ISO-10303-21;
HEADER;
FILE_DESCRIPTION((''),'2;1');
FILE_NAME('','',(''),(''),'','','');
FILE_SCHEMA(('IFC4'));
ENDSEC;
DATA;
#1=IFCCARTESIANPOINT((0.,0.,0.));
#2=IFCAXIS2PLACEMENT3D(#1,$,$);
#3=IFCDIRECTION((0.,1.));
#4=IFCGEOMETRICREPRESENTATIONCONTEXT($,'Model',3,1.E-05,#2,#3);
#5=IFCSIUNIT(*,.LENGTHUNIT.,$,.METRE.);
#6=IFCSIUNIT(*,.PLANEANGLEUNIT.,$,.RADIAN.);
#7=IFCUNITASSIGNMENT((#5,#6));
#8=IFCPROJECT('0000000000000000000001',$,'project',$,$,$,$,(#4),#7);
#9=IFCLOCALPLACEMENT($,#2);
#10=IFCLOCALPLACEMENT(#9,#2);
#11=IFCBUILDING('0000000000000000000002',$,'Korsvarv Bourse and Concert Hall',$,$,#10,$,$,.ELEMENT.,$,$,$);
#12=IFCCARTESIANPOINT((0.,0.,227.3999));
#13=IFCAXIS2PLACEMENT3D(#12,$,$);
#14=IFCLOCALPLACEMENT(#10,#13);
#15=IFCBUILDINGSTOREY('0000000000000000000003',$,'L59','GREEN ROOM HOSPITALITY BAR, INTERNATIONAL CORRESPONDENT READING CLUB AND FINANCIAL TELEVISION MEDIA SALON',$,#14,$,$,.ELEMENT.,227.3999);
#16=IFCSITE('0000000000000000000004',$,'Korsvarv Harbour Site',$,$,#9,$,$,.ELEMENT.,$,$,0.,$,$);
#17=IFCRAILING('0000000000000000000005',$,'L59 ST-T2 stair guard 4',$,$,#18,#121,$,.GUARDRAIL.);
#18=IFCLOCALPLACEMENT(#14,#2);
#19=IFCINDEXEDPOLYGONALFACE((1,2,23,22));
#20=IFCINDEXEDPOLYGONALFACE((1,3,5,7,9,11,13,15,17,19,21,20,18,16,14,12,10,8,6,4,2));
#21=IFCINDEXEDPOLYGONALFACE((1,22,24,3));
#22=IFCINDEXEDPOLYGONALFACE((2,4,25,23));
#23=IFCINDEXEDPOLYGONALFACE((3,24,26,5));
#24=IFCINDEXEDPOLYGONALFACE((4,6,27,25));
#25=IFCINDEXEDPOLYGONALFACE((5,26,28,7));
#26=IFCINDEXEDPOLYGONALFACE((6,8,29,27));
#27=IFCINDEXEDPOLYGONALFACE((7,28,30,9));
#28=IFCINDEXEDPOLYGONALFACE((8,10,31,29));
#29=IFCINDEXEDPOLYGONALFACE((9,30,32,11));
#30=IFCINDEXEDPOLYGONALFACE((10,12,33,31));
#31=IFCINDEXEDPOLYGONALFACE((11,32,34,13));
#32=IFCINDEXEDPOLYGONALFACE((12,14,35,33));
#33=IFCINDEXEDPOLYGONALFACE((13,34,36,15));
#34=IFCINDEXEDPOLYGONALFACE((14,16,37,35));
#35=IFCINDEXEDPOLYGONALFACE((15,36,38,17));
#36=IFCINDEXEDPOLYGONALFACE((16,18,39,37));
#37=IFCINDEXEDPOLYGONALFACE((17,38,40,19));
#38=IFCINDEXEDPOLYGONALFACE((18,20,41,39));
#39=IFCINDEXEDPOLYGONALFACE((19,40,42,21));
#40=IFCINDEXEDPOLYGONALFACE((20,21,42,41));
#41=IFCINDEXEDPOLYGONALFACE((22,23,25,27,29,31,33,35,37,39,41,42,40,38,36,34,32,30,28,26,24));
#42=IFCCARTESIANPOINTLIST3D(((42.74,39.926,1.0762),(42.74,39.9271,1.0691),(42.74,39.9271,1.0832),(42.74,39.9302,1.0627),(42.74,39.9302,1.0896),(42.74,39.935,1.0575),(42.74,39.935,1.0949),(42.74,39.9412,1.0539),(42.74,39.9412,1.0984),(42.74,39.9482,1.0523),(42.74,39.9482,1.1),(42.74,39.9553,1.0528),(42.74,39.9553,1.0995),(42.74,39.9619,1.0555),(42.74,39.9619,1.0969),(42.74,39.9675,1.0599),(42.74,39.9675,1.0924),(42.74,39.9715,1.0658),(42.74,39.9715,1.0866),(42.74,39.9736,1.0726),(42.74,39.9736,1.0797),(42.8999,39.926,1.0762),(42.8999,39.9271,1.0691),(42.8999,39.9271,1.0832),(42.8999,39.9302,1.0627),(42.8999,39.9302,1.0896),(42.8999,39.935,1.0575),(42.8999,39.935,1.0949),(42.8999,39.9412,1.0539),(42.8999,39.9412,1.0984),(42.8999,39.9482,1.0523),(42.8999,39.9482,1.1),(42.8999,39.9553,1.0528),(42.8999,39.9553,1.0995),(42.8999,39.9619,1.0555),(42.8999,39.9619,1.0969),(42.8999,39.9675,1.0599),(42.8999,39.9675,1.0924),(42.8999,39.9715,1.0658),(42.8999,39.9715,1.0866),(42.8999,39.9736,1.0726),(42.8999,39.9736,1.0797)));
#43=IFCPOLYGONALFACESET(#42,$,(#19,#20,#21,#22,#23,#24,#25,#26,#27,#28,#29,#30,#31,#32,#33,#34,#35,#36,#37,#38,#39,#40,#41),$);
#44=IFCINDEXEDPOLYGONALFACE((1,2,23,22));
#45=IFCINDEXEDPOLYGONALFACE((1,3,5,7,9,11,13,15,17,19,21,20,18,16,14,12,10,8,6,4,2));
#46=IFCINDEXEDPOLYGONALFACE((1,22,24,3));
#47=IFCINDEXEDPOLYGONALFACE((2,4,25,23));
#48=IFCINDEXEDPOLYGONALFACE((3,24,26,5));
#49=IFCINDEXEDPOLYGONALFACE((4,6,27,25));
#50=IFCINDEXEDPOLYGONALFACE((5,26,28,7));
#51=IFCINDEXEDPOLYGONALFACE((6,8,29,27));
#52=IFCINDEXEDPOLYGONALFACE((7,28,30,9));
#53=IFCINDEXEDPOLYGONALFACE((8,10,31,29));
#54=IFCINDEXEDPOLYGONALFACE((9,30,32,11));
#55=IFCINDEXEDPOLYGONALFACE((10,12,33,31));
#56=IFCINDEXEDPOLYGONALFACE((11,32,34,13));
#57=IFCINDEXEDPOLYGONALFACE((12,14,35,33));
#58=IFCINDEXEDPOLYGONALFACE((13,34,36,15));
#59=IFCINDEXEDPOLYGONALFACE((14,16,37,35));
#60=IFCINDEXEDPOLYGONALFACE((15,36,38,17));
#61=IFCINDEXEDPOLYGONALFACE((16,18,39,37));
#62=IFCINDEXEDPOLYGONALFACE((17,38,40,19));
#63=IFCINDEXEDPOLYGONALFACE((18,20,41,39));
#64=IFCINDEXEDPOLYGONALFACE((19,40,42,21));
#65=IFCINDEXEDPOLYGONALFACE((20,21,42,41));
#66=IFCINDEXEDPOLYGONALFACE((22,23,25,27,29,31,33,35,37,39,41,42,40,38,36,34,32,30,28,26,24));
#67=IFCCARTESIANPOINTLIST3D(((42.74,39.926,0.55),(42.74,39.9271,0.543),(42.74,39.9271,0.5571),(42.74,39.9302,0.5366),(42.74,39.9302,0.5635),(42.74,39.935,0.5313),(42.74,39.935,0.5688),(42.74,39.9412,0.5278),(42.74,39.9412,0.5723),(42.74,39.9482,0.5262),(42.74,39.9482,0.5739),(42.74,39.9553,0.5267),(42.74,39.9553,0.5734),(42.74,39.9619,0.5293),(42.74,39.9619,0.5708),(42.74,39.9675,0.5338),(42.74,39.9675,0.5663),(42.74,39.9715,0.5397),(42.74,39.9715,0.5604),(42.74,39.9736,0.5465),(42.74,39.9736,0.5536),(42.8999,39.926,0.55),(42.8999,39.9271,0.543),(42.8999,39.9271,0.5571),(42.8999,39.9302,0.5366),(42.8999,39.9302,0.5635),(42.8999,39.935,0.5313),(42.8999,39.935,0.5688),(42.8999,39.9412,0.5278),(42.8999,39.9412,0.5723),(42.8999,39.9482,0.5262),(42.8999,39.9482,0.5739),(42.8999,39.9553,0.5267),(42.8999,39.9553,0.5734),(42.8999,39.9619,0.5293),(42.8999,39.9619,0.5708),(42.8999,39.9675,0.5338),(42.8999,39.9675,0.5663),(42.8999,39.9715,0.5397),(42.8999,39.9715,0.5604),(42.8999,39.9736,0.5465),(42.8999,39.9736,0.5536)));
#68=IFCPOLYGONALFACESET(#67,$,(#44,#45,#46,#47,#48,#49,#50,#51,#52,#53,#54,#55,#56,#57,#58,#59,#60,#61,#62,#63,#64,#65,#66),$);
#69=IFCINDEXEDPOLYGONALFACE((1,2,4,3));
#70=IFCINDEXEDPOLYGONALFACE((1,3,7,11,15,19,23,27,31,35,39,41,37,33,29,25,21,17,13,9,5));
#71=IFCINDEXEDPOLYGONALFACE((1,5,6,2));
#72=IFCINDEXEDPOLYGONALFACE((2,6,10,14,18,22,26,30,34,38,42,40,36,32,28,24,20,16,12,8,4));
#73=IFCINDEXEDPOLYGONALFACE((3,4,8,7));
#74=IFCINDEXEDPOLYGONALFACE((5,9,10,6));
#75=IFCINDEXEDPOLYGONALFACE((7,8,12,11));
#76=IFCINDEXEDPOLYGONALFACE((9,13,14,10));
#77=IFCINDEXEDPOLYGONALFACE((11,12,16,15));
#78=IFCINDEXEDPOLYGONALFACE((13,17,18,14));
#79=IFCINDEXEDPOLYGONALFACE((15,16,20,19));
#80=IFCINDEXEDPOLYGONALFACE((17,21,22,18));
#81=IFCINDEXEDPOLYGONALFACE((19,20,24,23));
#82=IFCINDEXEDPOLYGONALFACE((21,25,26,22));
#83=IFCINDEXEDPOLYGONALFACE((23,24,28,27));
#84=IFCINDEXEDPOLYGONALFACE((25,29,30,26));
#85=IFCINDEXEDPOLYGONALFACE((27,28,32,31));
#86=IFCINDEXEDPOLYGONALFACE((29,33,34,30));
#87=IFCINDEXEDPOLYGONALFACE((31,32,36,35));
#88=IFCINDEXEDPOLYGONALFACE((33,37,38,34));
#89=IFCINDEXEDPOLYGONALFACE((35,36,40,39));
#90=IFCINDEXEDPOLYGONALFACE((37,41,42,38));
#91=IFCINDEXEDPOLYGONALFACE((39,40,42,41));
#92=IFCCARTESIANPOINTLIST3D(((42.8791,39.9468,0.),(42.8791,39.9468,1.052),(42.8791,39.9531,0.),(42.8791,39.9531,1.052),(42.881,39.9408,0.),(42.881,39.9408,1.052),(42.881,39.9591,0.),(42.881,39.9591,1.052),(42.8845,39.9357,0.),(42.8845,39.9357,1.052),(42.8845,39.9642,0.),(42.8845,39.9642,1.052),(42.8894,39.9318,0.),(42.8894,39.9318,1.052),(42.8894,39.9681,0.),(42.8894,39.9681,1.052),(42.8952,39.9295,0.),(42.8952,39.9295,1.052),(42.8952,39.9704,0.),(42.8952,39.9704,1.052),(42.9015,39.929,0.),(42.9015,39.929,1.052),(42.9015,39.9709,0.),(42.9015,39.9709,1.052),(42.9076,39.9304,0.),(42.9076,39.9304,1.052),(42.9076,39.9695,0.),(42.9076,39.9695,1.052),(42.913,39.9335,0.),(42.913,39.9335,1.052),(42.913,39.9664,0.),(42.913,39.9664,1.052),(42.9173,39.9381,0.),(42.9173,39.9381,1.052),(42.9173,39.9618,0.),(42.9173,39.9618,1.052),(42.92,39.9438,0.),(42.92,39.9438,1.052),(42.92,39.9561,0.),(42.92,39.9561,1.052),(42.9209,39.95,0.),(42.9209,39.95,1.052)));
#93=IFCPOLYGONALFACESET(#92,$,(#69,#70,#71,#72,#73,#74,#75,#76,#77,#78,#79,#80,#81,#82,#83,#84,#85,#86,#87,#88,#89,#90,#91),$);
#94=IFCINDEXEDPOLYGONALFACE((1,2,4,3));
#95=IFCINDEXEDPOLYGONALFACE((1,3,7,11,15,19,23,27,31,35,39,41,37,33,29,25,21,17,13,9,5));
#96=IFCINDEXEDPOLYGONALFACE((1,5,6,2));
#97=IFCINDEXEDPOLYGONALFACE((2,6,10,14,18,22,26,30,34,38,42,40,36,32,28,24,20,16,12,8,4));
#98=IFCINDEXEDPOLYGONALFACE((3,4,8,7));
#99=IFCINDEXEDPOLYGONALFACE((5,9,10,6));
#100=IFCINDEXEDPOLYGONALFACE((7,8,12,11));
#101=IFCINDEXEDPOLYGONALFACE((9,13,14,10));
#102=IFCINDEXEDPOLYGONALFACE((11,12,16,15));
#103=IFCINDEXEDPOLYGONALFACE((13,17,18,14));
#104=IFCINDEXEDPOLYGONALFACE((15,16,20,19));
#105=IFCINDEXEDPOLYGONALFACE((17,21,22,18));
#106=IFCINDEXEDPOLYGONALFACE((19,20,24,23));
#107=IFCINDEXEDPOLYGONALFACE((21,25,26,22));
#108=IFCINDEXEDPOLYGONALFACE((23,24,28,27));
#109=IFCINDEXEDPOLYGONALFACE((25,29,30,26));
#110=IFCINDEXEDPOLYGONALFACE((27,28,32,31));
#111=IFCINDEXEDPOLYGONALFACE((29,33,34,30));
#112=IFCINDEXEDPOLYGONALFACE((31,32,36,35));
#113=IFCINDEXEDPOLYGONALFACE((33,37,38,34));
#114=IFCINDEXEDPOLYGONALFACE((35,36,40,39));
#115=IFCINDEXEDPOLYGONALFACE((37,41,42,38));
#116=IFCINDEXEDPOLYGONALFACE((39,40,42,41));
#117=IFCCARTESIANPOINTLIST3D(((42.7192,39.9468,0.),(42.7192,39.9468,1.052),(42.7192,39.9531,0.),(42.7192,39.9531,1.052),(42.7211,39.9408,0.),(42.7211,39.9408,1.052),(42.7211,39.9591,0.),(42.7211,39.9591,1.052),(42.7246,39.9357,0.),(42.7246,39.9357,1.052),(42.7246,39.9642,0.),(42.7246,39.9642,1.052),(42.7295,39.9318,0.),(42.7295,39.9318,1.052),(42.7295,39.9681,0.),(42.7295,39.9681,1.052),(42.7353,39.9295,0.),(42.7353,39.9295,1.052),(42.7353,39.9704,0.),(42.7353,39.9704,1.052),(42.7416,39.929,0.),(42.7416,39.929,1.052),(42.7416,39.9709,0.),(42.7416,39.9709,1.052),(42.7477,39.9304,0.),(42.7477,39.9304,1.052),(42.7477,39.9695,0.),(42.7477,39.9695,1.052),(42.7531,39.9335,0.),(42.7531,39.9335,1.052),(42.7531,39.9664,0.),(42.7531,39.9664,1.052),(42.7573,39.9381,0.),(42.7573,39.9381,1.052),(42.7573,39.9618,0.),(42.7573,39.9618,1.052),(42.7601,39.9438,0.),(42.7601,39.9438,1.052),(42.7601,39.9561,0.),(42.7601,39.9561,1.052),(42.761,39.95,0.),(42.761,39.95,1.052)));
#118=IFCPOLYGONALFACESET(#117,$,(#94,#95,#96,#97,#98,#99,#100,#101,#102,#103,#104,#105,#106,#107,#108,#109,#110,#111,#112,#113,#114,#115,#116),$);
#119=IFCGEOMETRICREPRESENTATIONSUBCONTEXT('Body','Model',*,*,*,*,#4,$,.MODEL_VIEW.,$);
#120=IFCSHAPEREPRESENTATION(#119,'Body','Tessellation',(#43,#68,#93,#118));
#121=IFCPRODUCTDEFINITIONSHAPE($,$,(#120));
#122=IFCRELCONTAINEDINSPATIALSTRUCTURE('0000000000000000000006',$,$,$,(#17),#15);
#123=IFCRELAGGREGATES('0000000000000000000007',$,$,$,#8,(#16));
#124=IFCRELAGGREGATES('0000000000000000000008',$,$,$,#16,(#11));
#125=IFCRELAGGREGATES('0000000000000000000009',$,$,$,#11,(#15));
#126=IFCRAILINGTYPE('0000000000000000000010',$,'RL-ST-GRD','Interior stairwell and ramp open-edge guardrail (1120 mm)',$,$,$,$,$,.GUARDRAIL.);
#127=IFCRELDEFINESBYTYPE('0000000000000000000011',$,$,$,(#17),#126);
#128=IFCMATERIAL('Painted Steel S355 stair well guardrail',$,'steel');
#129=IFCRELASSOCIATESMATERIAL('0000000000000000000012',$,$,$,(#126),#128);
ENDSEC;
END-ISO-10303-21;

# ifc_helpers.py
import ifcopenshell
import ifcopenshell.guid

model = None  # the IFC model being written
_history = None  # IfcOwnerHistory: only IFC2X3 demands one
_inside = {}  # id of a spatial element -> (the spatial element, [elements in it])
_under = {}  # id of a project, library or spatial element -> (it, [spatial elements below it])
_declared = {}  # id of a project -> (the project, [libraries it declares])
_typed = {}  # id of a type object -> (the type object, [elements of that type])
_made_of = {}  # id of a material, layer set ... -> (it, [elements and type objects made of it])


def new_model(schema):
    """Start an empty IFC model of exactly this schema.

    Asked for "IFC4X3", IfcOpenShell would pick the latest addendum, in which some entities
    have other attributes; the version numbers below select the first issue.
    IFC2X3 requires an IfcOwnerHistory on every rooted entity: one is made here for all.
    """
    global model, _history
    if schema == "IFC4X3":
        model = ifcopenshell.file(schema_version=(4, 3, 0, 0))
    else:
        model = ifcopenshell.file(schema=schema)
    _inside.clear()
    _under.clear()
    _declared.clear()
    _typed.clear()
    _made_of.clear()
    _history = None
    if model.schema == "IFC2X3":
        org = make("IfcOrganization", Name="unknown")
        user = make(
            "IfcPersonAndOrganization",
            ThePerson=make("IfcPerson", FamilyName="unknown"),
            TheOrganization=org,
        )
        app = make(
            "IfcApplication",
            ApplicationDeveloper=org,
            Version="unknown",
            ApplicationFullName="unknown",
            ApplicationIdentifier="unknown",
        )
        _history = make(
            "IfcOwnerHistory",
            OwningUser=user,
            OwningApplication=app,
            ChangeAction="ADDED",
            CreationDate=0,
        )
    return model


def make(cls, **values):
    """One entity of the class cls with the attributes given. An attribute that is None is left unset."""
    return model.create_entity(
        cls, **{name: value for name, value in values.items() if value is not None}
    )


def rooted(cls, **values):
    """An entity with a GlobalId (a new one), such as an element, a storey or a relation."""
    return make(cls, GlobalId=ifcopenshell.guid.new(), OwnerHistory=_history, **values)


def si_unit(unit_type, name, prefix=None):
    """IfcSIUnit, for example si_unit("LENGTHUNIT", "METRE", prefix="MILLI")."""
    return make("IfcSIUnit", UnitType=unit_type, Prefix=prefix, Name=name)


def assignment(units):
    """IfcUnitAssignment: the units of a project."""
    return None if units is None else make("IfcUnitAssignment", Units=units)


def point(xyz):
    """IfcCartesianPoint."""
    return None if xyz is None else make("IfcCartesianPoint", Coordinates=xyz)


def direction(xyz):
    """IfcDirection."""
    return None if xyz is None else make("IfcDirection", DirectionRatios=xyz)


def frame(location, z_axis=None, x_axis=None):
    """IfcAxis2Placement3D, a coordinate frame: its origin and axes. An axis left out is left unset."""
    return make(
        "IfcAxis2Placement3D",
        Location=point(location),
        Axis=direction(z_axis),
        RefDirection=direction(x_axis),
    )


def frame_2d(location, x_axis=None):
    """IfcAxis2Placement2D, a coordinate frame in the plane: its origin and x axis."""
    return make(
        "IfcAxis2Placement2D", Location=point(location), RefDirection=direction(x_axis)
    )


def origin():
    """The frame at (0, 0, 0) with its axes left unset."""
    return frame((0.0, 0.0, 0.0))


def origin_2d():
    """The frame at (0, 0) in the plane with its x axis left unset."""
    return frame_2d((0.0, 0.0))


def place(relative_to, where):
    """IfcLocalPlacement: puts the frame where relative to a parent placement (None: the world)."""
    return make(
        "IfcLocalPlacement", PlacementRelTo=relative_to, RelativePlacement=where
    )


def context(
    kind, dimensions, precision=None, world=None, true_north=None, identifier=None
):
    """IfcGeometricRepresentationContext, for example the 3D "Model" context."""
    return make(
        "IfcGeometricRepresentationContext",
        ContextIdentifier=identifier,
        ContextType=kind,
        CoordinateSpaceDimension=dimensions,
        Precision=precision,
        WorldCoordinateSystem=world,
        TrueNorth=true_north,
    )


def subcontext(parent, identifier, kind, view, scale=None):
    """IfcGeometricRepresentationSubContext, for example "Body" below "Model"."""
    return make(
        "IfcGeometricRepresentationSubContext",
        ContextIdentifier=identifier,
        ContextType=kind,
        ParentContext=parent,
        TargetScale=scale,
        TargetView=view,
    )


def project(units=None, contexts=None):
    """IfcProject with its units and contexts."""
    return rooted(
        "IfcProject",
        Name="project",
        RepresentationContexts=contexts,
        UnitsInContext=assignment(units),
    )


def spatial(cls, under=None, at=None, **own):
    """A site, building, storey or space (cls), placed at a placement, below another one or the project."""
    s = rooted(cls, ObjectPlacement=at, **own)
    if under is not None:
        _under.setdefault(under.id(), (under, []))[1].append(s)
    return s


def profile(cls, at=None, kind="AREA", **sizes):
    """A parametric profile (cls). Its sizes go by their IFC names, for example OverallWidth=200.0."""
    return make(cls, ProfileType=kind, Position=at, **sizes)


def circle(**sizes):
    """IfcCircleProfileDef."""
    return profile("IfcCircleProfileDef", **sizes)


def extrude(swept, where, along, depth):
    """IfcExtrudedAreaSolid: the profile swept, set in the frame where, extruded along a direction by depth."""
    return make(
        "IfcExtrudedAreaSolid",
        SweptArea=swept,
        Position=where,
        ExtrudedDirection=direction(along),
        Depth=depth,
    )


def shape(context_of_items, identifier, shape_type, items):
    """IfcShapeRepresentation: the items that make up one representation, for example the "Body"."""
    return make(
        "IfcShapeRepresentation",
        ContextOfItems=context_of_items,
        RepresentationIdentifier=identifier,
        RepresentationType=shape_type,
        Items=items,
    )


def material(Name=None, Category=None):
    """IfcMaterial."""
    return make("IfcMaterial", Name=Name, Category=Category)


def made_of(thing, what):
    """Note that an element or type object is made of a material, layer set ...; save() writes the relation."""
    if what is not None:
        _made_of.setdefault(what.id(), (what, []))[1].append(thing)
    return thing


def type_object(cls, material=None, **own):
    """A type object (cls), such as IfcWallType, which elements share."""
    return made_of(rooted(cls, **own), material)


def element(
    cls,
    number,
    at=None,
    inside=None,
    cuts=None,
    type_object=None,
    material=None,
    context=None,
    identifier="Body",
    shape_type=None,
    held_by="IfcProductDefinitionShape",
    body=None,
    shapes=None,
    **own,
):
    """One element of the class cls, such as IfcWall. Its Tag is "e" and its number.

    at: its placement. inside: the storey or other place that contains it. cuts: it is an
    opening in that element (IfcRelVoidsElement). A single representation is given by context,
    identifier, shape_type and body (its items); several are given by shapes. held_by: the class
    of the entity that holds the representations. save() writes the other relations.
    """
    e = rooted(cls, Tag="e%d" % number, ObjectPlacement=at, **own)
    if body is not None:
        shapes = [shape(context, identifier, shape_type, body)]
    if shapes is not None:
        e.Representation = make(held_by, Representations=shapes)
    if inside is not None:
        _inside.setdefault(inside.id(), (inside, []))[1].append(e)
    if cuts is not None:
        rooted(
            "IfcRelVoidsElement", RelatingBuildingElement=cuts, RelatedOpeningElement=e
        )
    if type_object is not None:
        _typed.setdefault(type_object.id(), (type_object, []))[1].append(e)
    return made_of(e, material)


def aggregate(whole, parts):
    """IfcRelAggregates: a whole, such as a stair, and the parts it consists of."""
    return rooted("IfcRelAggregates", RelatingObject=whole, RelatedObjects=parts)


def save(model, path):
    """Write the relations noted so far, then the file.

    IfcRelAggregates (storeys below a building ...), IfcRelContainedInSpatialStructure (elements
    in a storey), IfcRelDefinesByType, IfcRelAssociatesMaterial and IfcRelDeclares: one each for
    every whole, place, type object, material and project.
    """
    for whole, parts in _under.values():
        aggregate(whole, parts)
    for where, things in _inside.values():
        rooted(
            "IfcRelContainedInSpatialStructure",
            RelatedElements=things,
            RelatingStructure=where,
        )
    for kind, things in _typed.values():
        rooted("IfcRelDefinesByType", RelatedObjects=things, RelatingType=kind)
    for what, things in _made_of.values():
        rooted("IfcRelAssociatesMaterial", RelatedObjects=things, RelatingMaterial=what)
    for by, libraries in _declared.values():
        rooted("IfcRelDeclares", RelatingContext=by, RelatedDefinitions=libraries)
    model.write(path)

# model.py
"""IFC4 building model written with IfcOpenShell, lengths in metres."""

from ifc_helpers import new_model, si_unit, direction, frame, origin, origin_2d, place, context, subcontext, project, spatial, circle, extrude, material, type_object, element, save


model = new_model("IFC4")

# Units and contexts
model_context = context("Model", 3, precision=1e-05, world=origin(), true_north=direction((0.0, 1.0)))
body_context = subcontext(model_context, "Body", "Model", "MODEL_VIEW")
ifc_project = project(units=[si_unit("LENGTHUNIT", "METRE"), si_unit("PLANEANGLEUNIT", "RADIAN")], contexts=[model_context])

# Site, building, storey
site_placement = place(None, origin())
site = spatial("IfcSite", under=ifc_project, at=site_placement, Name="Korsvarv Harbour Site", CompositionType="ELEMENT", RefElevation=0.0)
building_placement = place(site_placement, origin())
building = spatial("IfcBuilding", under=site, at=building_placement, Name="Korsvarv Bourse and Concert Hall", CompositionType="ELEMENT")
storey_placement = place(building_placement, frame((0.0, 0.0, 227.3999)))
storey = spatial("IfcBuildingStorey", under=building, at=storey_placement, Name="L59", Description="GREEN ROOM HOSPITALITY BAR, INTERNATIONAL CORRESPONDENT READING CLUB AND FINANCIAL TELEVISION MEDIA SALON", CompositionType="ELEMENT", Elevation=227.3999)

# Railing
ifc_material_1 = material(Name="Painted Steel S355 stair well guardrail", Category="steel")
railing_type_1 = type_object("IfcRailingType", Name="RL-ST-GRD", Description="Interior stairwell and ramp open-edge guardrail (1120 mm)", PredefinedType="GUARDRAIL", material=ifc_material_1)
railing_1_placement = place(storey_placement, frame((42.8999, 39.95, 0.0)))
element("IfcRailing", 1, at=railing_1_placement, inside=storey, type_object=railing_type_1, Name="L59 ST-T2 stair guard 4", PredefinedType="GUARDRAIL", context=body_context, shape_type="SweptSolid", body=[
    extrude(circle(Radius=0.0239, at=origin_2d()), frame((0.0, 0.0, 1.0762), z_axis=(-1.0, 0.0, 0.0), x_axis=(0.0, -1.0, 0.0)), (0.0, 0.0, 1.0), 0.1599),
    extrude(circle(Radius=0.0239, at=origin_2d()), frame((0.0, 0.0, 0.55), z_axis=(-1.0, 0.0, 0.0), x_axis=(0.0, -1.0, 0.0)), (0.0, 0.0, 1.0), 0.1599),
    extrude(circle(Radius=0.021, at=origin_2d()), origin(), (0.0, 0.0, 1.0), 1.052),
    extrude(circle(Radius=0.021, at=origin_2d()), frame((-0.1599, 0.0, 0.0)), (0.0, 0.0, 1.0), 1.052),
])

save(model, "model.ifc")
